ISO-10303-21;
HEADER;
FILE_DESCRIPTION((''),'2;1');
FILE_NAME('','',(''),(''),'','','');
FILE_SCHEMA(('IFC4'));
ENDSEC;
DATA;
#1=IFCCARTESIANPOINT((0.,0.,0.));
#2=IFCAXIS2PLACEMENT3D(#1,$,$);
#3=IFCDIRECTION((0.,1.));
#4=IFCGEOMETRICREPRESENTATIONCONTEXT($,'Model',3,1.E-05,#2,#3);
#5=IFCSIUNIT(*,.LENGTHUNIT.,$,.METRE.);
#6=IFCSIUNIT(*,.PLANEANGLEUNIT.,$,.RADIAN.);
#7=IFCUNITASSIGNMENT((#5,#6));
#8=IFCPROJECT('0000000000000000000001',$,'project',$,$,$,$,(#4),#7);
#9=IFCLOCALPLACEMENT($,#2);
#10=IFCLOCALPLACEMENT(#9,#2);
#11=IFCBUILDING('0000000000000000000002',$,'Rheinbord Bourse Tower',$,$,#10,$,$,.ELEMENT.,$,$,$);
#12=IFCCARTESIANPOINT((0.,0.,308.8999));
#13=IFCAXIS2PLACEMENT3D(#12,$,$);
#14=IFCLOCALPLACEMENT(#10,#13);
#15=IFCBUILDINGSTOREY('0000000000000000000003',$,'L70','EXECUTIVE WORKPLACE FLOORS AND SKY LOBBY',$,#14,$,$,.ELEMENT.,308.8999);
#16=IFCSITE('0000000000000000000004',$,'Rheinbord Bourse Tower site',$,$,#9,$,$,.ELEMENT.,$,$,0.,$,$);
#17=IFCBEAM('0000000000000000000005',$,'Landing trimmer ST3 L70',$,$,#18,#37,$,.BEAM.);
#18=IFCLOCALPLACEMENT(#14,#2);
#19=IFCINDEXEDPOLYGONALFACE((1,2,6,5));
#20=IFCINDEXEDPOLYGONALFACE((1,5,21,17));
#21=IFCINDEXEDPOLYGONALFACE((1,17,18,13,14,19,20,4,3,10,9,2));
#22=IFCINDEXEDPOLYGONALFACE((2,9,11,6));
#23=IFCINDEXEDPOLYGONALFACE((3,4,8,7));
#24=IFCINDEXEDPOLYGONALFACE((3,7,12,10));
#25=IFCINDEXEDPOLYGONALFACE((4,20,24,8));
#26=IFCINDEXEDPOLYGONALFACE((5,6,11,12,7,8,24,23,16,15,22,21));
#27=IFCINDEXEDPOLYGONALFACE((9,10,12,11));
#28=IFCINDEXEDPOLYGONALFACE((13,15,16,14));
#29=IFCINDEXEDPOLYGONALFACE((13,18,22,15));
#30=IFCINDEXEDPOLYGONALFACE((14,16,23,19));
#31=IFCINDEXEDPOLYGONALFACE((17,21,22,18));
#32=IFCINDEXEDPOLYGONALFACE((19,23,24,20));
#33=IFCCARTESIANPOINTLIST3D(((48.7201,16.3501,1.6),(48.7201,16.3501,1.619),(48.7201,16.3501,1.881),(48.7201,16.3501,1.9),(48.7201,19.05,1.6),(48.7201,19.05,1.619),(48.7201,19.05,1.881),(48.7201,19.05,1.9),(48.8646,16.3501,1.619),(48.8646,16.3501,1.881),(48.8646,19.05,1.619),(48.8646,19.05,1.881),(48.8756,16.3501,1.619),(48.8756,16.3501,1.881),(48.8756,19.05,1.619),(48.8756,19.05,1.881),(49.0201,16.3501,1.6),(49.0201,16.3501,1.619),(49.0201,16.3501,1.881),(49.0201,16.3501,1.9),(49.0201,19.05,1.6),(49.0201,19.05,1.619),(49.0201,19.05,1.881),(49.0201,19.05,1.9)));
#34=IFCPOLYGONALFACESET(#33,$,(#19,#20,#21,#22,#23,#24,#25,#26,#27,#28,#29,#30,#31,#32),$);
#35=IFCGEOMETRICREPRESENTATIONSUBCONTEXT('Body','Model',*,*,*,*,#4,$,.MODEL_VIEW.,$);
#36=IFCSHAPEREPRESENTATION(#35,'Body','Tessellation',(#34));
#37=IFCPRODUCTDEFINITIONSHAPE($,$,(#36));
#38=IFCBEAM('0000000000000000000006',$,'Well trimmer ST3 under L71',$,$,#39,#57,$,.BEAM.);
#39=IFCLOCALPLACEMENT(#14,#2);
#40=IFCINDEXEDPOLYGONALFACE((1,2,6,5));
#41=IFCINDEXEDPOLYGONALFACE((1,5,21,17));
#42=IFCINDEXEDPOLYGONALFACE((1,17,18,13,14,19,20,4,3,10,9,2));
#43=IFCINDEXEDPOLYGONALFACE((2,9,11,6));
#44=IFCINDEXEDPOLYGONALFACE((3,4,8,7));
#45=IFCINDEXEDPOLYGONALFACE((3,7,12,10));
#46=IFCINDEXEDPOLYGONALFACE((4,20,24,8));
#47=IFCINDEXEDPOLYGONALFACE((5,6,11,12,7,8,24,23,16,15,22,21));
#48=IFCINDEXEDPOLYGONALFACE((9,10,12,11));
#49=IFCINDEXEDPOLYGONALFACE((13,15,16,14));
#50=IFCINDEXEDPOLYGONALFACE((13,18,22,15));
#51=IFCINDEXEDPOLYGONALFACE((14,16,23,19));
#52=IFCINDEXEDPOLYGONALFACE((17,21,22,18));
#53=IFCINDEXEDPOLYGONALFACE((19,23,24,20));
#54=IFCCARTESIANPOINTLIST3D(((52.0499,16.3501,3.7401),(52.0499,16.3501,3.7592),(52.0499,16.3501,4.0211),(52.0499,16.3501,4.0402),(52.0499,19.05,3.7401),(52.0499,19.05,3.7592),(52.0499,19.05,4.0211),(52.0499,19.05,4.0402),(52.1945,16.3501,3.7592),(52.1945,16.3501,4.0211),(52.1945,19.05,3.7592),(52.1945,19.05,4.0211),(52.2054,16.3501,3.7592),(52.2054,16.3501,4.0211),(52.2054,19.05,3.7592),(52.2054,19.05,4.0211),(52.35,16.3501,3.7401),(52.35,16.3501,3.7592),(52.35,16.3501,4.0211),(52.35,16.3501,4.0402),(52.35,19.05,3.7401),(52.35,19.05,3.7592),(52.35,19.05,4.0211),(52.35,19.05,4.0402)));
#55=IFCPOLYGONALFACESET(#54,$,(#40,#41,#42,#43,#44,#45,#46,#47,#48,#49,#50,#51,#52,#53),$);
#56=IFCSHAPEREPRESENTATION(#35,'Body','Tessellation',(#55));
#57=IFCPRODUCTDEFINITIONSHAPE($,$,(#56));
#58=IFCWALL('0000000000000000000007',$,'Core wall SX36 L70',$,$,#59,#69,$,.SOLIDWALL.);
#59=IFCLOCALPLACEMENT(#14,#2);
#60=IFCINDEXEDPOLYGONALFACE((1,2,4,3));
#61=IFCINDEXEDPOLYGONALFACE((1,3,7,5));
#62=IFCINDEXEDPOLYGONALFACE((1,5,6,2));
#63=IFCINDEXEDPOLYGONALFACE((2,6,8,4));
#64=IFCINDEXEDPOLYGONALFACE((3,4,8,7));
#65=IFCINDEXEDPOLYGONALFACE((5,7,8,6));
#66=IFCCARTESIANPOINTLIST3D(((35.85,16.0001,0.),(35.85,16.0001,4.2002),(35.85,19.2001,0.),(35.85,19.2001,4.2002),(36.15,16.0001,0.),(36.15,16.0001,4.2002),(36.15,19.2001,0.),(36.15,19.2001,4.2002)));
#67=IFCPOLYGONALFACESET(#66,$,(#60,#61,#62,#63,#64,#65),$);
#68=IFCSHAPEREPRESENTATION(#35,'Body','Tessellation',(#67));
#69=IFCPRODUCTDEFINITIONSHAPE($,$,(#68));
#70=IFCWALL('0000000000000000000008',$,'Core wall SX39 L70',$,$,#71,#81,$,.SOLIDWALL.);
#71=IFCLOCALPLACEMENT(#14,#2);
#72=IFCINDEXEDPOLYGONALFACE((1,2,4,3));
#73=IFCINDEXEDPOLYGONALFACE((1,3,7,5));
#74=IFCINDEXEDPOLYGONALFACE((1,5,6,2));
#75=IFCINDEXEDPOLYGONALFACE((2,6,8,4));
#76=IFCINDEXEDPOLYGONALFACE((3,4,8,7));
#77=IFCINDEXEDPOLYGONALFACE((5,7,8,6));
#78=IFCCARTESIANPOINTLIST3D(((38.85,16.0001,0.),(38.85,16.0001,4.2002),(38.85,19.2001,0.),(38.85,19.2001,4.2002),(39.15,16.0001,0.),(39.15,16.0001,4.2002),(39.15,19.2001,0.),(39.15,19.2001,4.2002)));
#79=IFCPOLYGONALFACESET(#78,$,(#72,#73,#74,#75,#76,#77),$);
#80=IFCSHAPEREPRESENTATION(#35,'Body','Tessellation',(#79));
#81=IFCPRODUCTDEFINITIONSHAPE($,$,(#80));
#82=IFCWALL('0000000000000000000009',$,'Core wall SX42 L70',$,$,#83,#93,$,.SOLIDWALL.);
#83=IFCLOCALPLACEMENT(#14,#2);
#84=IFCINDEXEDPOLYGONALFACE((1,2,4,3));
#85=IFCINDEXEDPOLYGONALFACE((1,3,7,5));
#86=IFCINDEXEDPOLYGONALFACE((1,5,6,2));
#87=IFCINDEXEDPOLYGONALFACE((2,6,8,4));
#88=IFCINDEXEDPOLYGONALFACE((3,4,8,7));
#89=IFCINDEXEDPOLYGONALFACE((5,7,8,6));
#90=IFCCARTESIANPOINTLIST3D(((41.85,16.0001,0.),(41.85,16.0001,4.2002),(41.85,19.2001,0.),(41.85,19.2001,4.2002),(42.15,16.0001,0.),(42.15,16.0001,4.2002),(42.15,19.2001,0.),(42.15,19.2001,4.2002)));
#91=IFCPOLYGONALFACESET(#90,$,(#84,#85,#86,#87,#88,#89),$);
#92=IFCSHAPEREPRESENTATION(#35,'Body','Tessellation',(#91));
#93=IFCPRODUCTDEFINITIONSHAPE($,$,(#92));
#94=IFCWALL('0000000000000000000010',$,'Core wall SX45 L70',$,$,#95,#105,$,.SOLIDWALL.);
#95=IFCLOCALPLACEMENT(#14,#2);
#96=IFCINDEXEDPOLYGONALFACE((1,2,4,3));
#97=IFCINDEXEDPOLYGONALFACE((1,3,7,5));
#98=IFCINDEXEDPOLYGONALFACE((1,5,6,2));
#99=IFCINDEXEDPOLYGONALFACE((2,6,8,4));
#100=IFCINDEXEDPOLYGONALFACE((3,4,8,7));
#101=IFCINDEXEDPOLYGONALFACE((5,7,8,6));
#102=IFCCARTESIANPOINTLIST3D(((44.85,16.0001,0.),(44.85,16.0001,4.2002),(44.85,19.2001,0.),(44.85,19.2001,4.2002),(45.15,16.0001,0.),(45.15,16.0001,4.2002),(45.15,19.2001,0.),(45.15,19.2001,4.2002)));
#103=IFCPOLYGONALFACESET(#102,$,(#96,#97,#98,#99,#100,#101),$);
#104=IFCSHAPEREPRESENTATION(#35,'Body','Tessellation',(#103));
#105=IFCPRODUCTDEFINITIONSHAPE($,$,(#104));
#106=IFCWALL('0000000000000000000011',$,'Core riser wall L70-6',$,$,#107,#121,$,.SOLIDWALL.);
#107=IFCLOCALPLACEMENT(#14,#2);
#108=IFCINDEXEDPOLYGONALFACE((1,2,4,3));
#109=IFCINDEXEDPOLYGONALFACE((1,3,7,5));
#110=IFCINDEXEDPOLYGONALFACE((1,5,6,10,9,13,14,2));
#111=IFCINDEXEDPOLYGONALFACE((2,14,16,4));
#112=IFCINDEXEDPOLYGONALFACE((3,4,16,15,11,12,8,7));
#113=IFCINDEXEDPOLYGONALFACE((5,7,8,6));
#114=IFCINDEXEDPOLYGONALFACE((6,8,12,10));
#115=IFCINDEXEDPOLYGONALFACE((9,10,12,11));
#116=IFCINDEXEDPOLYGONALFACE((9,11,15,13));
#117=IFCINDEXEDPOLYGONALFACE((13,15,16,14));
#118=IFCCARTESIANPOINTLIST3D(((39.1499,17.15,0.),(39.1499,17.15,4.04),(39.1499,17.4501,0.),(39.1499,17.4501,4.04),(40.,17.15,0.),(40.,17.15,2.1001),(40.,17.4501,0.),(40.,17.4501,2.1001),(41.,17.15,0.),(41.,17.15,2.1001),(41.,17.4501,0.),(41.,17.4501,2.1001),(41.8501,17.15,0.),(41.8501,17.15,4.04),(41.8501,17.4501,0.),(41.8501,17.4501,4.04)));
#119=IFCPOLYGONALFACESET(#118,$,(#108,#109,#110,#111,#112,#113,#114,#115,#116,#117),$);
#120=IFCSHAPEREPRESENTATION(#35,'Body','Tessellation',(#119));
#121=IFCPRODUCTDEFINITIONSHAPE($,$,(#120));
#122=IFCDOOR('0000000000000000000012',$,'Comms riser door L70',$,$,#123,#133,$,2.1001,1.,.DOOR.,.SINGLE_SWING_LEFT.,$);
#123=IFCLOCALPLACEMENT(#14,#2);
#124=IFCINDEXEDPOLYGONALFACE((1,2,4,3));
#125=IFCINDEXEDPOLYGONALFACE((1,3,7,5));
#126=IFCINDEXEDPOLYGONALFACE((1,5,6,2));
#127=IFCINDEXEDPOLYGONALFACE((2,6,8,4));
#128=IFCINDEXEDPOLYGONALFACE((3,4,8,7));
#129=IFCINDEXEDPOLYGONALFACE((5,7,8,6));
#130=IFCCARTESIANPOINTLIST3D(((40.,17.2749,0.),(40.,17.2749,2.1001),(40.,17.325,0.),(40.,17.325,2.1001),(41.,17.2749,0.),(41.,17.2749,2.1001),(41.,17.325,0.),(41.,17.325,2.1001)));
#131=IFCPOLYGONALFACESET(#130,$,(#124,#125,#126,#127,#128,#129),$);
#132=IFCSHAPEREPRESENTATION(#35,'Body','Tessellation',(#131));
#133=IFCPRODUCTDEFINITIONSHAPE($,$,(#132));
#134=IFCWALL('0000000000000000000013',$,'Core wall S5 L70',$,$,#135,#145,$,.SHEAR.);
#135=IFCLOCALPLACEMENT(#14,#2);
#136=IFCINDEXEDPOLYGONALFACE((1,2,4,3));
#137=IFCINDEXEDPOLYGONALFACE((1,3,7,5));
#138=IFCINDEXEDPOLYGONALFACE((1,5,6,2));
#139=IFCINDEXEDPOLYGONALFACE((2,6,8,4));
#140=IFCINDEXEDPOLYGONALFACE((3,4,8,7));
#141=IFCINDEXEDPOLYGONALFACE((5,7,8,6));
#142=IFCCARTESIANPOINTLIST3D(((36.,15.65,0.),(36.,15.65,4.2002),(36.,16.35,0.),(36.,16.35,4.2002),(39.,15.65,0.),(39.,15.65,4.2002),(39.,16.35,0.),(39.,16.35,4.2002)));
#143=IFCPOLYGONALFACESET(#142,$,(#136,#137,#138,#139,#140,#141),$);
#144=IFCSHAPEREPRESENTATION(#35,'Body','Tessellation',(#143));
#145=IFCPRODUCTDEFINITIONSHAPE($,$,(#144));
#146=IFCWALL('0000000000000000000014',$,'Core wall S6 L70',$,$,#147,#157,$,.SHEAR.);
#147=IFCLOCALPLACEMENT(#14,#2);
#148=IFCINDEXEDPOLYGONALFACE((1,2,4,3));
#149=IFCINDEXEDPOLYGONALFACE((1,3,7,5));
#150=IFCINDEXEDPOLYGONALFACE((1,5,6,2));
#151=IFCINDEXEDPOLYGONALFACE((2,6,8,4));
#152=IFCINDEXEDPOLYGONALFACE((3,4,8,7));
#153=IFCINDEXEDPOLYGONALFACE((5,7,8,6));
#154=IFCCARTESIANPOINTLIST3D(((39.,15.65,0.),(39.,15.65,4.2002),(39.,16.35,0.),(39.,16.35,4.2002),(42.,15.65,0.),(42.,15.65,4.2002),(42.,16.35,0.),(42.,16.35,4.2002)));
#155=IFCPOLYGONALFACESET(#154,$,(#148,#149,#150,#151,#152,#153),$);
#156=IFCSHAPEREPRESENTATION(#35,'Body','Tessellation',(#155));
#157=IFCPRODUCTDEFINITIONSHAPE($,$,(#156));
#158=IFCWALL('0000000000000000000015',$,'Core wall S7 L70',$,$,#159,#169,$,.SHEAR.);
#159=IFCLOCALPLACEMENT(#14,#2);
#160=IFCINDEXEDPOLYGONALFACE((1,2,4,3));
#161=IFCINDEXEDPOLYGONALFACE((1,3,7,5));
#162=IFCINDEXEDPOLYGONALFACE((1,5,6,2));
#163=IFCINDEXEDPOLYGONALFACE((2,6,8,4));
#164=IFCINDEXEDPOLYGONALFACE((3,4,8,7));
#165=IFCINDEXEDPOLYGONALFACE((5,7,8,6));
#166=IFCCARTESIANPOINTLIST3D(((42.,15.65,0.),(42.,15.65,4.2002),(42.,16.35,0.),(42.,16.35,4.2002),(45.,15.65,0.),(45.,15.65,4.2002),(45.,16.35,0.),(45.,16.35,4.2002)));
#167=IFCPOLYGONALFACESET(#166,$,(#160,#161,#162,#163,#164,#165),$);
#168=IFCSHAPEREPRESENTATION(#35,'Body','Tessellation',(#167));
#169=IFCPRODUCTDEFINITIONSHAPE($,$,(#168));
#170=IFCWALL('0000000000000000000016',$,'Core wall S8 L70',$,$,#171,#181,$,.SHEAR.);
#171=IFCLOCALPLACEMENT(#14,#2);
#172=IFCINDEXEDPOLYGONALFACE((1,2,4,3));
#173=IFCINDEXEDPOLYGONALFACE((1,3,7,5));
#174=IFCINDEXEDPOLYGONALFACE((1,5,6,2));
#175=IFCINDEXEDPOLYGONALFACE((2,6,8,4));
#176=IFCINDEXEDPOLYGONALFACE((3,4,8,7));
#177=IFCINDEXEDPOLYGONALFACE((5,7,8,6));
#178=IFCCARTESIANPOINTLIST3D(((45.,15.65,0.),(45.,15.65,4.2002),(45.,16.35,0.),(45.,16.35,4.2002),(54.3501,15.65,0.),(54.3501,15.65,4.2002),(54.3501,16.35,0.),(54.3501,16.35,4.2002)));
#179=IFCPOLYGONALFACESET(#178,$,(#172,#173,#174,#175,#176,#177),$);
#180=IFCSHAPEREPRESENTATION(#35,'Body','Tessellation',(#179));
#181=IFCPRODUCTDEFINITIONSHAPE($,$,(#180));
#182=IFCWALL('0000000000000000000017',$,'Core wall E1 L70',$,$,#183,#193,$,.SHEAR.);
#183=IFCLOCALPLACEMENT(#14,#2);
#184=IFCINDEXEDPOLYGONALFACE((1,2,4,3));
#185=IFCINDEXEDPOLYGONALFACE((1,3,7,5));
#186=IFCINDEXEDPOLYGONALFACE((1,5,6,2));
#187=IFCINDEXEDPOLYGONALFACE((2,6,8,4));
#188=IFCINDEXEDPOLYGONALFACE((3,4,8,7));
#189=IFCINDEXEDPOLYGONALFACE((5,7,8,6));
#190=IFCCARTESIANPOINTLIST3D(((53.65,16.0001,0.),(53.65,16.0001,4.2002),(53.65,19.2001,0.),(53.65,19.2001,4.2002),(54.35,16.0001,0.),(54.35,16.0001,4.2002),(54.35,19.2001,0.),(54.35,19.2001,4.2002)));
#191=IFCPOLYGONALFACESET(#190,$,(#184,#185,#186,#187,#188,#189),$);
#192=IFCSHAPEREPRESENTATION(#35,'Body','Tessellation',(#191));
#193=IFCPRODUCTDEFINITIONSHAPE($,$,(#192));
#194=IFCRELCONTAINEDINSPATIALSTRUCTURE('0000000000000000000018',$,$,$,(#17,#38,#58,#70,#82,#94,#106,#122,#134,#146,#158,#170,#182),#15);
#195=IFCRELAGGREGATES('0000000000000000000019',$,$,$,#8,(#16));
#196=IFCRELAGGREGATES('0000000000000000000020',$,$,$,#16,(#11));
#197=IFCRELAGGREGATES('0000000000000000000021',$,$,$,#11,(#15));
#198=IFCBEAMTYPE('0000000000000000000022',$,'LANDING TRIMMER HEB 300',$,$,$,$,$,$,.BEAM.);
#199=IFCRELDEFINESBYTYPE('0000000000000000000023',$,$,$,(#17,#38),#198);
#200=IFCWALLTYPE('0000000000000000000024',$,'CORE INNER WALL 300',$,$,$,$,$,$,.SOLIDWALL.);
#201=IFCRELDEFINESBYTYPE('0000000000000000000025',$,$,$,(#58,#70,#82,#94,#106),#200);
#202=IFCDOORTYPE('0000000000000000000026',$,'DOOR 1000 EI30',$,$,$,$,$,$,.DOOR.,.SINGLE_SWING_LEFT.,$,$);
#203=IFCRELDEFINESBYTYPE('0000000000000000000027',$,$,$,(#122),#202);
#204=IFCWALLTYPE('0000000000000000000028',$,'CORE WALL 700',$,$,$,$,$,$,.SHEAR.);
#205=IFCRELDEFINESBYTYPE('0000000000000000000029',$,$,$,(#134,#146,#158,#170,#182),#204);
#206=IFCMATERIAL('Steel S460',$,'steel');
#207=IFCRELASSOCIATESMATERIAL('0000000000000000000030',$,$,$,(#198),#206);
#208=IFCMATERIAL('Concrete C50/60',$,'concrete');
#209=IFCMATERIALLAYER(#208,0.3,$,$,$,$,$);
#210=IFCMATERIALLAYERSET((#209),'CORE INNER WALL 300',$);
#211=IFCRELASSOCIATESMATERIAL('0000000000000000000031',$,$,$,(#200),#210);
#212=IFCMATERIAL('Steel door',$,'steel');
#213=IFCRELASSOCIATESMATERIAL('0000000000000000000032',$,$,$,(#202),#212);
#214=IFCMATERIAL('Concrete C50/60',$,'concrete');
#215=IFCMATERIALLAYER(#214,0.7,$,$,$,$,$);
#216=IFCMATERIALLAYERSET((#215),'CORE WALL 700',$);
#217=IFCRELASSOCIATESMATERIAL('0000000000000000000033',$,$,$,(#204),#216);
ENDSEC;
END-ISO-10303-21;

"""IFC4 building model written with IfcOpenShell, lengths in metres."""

from ifc_helpers import new_model, si_unit, direction, frame, frame_2d, origin, origin_2d, place, context, subcontext, project, spatial, rectangle, i_section, extrude, material, layer, layer_set, material_profile, profile_set, type_object, element, fill, save


model = new_model("IFC4")

# Units and contexts
model_context = context("Model", 3, precision=1e-05, world=origin(), true_north=direction((0.0, 1.0)))
body_context = subcontext(model_context, "Body", "Model", "MODEL_VIEW")
ifc_project = project(units=[si_unit("LENGTHUNIT", "METRE"), si_unit("PLANEANGLEUNIT", "RADIAN")], contexts=[model_context])

# Site, building, storey
site_placement = place(None, origin())
site = spatial("IfcSite", under=ifc_project, at=site_placement, Name="Rheinbord Bourse Tower site", CompositionType="ELEMENT", RefElevation=0.0)
building_placement = place(site_placement, origin())
building = spatial("IfcBuilding", under=site, at=building_placement, Name="Rheinbord Bourse Tower", CompositionType="ELEMENT")
storey_placement = place(building_placement, frame((0.0, 0.0, 308.8999)))
storey = spatial("IfcBuildingStorey", under=building, at=storey_placement, Name="L70", Description="EXECUTIVE WORKPLACE FLOORS AND SKY LOBBY", CompositionType="ELEMENT", Elevation=308.8999)

# Beams
ifc_material_1 = material(Name="Steel S460", Category="steel")
ifc_material_profile = material_profile(ifc_material_1, i_section(OverallWidth=0.3, OverallDepth=0.3, WebThickness=0.011, FlangeThickness=0.019, at=origin_2d()), Name="HEB 300")
ifc_profile_set = profile_set([ifc_material_profile], Name="Steel S460")
beam_type = type_object("IfcBeamType", Name="LANDING TRIMMER HEB 300", PredefinedType="BEAM", material=ifc_profile_set)
for number, where, z_axis, x_axis, name in (
    (1, (48.8701, 16.3501, 1.75), (0.0, 1.0, 0.0), (-1.0, 0.0, 0.0), "Landing trimmer ST3 L70"),
    (2, (52.2, 16.3501, 3.8901), (0.0, 1.0, 0.0), (-1.0, 0.0, 0.0), "Well trimmer ST3 under L71"),
):
    element("IfcBeam", number, at=place(storey_placement, frame(where, z_axis=z_axis, x_axis=x_axis)), inside=storey, type_object=beam_type, Name=name, PredefinedType="BEAM", context=body_context, shape_type="SweptSolid", body=[
        extrude(i_section(OverallWidth=0.3, OverallDepth=0.3, WebThickness=0.011, FlangeThickness=0.019, at=origin_2d()), origin(), (0.0, 0.0, 1.0), 2.7),
    ])

# Walls
ifc_material_2 = material(Name="Concrete C50/60", Category="concrete")
ifc_layer_1 = layer(ifc_material_2, 0.3)
ifc_layer_set_1 = layer_set([ifc_layer_1], Name="CORE INNER WALL 300")
wall_type_1 = type_object("IfcWallType", Name="CORE INNER WALL 300", PredefinedType="SOLIDWALL", material=ifc_layer_set_1)
for number, where, z_axis, x_axis, name in (
    (3, (36.0, 16.0, 0.0), (0.0, 0.0, 1.0), (0.0, 1.0, 0.0), "Core wall SX36 L70"),
    (4, (39.0, 16.0, 0.0), (0.0, 0.0, 1.0), (0.0, 1.0, 0.0), "Core wall SX39 L70"),
    (5, (42.0, 16.0, 0.0), (0.0, 0.0, 1.0), (0.0, 1.0, 0.0), "Core wall SX42 L70"),
    (6, (45.0, 16.0, 0.0), (0.0, 0.0, 1.0), (0.0, 1.0, 0.0), "Core wall SX45 L70"),
):
    element("IfcWall", number, at=place(storey_placement, frame(where, z_axis=z_axis, x_axis=x_axis)), inside=storey, type_object=wall_type_1, Name=name, PredefinedType="SOLIDWALL", context=body_context, shape_type="SweptSolid", body=[
        extrude(rectangle(XDim=3.2, YDim=0.3, at=frame_2d((1.6001, 0.0))), origin(), (0.0, 0.0, 1.0), 4.2002),
    ])

# Wall, opening, door
wall_1_placement = place(storey_placement, frame((39.1499, 17.3, 0.0), z_axis=(0.0, 0.0, 1.0), x_axis=(1.0, 0.0, 0.0)))
wall_1 = element("IfcWall", 7, at=wall_1_placement, inside=storey, type_object=wall_type_1, Name="Core riser wall L70-6", PredefinedType="SOLIDWALL", context=body_context, shape_type="SweptSolid", body=[
    extrude(rectangle(XDim=2.7002, YDim=0.3, at=frame_2d((1.3501, 0.0))), origin(), (0.0, 0.0, 1.0), 4.04),
])
opening_1_placement = place(wall_1_placement, frame((0.8501, 0.0, 0.0)))
opening_1 = element("IfcOpeningElement", 8, at=opening_1_placement, cuts=wall_1, PredefinedType="OPENING", context=body_context, shape_type="SweptSolid", body=[
    extrude(rectangle(XDim=1.0, YDim=2.1001, at=frame_2d((0.5, 1.05))), frame((0.0, 0.1599, 0.0), z_axis=(0.0, -1.0, 0.0), x_axis=(1.0, 0.0, 0.0)), (0.0, 0.0, 1.0), 0.3201),
])
ifc_material_3 = material(Name="Steel door", Category="steel")
door_type_1 = type_object("IfcDoorType", Name="DOOR 1000 EI30", OperationType="SINGLE_SWING_LEFT", PredefinedType="DOOR", material=ifc_material_3)
door_1_placement = place(opening_1_placement, origin())
door_1 = element("IfcDoor", 9, at=door_1_placement, inside=storey, type_object=door_type_1, Name="Comms riser door L70", OperationType="SINGLE_SWING_LEFT", OverallHeight=2.1001, OverallWidth=1.0, PredefinedType="DOOR", context=body_context, shape_type="SweptSolid", body=[
    extrude(rectangle(XDim=1.0, YDim=2.1001, at=frame_2d((0.5, 1.05))), frame((0.0, 0.0249, 0.0), z_axis=(0.0, -1.0, 0.0), x_axis=(1.0, 0.0, 0.0)), (0.0, 0.0, 1.0), 0.05),
])
fill(opening_1, door_1)

# Walls
ifc_material_4 = material(Name="Concrete C50/60", Category="concrete")
ifc_layer_2 = layer(ifc_material_4, 0.7)
ifc_layer_set_2 = layer_set([ifc_layer_2], Name="CORE WALL 700")
wall_type_2 = type_object("IfcWallType", Name="CORE WALL 700", PredefinedType="SHEAR", material=ifc_layer_set_2)
for number, where, z_axis, x_axis, name in (
    (10, (36.0, 16.0, 0.0), (0.0, 0.0, 1.0), (1.0, 0.0, 0.0), "Core wall S5 L70"),
    (11, (39.0, 16.0, 0.0), (0.0, 0.0, 1.0), (1.0, 0.0, 0.0), "Core wall S6 L70"),
    (12, (42.0, 16.0, 0.0), (0.0, 0.0, 1.0), (1.0, 0.0, 0.0), "Core wall S7 L70"),
):
    element("IfcWall", number, at=place(storey_placement, frame(where, z_axis=z_axis, x_axis=x_axis)), inside=storey, type_object=wall_type_2, Name=name, PredefinedType="SHEAR", context=body_context, shape_type="SweptSolid", body=[
        extrude(rectangle(XDim=3.0, YDim=0.7, at=frame_2d((1.5, 0.0))), origin(), (0.0, 0.0, 1.0), 4.2002),
    ])
wall_2_placement = place(storey_placement, frame((45.0, 16.0, 0.0), z_axis=(0.0, 0.0, 1.0), x_axis=(1.0, 0.0, 0.0)))
element("IfcWall", 13, at=wall_2_placement, inside=storey, type_object=wall_type_2, Name="Core wall S8 L70", PredefinedType="SHEAR", context=body_context, shape_type="SweptSolid", body=[
    extrude(rectangle(XDim=9.3501, YDim=0.7, at=frame_2d((4.675, 0.0))), origin(), (0.0, 0.0, 1.0), 4.2002),
])
wall_3_placement = place(storey_placement, frame((54.0, 16.0, 0.0), z_axis=(0.0, 0.0, 1.0), x_axis=(0.0, 1.0, 0.0)))
element("IfcWall", 14, at=wall_3_placement, inside=storey, type_object=wall_type_2, Name="Core wall E1 L70", PredefinedType="SHEAR", context=body_context, shape_type="SweptSolid", body=[
    extrude(rectangle(XDim=3.2, YDim=0.7, at=frame_2d((1.6001, 0.0))), origin(), (0.0, 0.0, 1.0), 4.2002),
])

save(model, "model.ifc")
